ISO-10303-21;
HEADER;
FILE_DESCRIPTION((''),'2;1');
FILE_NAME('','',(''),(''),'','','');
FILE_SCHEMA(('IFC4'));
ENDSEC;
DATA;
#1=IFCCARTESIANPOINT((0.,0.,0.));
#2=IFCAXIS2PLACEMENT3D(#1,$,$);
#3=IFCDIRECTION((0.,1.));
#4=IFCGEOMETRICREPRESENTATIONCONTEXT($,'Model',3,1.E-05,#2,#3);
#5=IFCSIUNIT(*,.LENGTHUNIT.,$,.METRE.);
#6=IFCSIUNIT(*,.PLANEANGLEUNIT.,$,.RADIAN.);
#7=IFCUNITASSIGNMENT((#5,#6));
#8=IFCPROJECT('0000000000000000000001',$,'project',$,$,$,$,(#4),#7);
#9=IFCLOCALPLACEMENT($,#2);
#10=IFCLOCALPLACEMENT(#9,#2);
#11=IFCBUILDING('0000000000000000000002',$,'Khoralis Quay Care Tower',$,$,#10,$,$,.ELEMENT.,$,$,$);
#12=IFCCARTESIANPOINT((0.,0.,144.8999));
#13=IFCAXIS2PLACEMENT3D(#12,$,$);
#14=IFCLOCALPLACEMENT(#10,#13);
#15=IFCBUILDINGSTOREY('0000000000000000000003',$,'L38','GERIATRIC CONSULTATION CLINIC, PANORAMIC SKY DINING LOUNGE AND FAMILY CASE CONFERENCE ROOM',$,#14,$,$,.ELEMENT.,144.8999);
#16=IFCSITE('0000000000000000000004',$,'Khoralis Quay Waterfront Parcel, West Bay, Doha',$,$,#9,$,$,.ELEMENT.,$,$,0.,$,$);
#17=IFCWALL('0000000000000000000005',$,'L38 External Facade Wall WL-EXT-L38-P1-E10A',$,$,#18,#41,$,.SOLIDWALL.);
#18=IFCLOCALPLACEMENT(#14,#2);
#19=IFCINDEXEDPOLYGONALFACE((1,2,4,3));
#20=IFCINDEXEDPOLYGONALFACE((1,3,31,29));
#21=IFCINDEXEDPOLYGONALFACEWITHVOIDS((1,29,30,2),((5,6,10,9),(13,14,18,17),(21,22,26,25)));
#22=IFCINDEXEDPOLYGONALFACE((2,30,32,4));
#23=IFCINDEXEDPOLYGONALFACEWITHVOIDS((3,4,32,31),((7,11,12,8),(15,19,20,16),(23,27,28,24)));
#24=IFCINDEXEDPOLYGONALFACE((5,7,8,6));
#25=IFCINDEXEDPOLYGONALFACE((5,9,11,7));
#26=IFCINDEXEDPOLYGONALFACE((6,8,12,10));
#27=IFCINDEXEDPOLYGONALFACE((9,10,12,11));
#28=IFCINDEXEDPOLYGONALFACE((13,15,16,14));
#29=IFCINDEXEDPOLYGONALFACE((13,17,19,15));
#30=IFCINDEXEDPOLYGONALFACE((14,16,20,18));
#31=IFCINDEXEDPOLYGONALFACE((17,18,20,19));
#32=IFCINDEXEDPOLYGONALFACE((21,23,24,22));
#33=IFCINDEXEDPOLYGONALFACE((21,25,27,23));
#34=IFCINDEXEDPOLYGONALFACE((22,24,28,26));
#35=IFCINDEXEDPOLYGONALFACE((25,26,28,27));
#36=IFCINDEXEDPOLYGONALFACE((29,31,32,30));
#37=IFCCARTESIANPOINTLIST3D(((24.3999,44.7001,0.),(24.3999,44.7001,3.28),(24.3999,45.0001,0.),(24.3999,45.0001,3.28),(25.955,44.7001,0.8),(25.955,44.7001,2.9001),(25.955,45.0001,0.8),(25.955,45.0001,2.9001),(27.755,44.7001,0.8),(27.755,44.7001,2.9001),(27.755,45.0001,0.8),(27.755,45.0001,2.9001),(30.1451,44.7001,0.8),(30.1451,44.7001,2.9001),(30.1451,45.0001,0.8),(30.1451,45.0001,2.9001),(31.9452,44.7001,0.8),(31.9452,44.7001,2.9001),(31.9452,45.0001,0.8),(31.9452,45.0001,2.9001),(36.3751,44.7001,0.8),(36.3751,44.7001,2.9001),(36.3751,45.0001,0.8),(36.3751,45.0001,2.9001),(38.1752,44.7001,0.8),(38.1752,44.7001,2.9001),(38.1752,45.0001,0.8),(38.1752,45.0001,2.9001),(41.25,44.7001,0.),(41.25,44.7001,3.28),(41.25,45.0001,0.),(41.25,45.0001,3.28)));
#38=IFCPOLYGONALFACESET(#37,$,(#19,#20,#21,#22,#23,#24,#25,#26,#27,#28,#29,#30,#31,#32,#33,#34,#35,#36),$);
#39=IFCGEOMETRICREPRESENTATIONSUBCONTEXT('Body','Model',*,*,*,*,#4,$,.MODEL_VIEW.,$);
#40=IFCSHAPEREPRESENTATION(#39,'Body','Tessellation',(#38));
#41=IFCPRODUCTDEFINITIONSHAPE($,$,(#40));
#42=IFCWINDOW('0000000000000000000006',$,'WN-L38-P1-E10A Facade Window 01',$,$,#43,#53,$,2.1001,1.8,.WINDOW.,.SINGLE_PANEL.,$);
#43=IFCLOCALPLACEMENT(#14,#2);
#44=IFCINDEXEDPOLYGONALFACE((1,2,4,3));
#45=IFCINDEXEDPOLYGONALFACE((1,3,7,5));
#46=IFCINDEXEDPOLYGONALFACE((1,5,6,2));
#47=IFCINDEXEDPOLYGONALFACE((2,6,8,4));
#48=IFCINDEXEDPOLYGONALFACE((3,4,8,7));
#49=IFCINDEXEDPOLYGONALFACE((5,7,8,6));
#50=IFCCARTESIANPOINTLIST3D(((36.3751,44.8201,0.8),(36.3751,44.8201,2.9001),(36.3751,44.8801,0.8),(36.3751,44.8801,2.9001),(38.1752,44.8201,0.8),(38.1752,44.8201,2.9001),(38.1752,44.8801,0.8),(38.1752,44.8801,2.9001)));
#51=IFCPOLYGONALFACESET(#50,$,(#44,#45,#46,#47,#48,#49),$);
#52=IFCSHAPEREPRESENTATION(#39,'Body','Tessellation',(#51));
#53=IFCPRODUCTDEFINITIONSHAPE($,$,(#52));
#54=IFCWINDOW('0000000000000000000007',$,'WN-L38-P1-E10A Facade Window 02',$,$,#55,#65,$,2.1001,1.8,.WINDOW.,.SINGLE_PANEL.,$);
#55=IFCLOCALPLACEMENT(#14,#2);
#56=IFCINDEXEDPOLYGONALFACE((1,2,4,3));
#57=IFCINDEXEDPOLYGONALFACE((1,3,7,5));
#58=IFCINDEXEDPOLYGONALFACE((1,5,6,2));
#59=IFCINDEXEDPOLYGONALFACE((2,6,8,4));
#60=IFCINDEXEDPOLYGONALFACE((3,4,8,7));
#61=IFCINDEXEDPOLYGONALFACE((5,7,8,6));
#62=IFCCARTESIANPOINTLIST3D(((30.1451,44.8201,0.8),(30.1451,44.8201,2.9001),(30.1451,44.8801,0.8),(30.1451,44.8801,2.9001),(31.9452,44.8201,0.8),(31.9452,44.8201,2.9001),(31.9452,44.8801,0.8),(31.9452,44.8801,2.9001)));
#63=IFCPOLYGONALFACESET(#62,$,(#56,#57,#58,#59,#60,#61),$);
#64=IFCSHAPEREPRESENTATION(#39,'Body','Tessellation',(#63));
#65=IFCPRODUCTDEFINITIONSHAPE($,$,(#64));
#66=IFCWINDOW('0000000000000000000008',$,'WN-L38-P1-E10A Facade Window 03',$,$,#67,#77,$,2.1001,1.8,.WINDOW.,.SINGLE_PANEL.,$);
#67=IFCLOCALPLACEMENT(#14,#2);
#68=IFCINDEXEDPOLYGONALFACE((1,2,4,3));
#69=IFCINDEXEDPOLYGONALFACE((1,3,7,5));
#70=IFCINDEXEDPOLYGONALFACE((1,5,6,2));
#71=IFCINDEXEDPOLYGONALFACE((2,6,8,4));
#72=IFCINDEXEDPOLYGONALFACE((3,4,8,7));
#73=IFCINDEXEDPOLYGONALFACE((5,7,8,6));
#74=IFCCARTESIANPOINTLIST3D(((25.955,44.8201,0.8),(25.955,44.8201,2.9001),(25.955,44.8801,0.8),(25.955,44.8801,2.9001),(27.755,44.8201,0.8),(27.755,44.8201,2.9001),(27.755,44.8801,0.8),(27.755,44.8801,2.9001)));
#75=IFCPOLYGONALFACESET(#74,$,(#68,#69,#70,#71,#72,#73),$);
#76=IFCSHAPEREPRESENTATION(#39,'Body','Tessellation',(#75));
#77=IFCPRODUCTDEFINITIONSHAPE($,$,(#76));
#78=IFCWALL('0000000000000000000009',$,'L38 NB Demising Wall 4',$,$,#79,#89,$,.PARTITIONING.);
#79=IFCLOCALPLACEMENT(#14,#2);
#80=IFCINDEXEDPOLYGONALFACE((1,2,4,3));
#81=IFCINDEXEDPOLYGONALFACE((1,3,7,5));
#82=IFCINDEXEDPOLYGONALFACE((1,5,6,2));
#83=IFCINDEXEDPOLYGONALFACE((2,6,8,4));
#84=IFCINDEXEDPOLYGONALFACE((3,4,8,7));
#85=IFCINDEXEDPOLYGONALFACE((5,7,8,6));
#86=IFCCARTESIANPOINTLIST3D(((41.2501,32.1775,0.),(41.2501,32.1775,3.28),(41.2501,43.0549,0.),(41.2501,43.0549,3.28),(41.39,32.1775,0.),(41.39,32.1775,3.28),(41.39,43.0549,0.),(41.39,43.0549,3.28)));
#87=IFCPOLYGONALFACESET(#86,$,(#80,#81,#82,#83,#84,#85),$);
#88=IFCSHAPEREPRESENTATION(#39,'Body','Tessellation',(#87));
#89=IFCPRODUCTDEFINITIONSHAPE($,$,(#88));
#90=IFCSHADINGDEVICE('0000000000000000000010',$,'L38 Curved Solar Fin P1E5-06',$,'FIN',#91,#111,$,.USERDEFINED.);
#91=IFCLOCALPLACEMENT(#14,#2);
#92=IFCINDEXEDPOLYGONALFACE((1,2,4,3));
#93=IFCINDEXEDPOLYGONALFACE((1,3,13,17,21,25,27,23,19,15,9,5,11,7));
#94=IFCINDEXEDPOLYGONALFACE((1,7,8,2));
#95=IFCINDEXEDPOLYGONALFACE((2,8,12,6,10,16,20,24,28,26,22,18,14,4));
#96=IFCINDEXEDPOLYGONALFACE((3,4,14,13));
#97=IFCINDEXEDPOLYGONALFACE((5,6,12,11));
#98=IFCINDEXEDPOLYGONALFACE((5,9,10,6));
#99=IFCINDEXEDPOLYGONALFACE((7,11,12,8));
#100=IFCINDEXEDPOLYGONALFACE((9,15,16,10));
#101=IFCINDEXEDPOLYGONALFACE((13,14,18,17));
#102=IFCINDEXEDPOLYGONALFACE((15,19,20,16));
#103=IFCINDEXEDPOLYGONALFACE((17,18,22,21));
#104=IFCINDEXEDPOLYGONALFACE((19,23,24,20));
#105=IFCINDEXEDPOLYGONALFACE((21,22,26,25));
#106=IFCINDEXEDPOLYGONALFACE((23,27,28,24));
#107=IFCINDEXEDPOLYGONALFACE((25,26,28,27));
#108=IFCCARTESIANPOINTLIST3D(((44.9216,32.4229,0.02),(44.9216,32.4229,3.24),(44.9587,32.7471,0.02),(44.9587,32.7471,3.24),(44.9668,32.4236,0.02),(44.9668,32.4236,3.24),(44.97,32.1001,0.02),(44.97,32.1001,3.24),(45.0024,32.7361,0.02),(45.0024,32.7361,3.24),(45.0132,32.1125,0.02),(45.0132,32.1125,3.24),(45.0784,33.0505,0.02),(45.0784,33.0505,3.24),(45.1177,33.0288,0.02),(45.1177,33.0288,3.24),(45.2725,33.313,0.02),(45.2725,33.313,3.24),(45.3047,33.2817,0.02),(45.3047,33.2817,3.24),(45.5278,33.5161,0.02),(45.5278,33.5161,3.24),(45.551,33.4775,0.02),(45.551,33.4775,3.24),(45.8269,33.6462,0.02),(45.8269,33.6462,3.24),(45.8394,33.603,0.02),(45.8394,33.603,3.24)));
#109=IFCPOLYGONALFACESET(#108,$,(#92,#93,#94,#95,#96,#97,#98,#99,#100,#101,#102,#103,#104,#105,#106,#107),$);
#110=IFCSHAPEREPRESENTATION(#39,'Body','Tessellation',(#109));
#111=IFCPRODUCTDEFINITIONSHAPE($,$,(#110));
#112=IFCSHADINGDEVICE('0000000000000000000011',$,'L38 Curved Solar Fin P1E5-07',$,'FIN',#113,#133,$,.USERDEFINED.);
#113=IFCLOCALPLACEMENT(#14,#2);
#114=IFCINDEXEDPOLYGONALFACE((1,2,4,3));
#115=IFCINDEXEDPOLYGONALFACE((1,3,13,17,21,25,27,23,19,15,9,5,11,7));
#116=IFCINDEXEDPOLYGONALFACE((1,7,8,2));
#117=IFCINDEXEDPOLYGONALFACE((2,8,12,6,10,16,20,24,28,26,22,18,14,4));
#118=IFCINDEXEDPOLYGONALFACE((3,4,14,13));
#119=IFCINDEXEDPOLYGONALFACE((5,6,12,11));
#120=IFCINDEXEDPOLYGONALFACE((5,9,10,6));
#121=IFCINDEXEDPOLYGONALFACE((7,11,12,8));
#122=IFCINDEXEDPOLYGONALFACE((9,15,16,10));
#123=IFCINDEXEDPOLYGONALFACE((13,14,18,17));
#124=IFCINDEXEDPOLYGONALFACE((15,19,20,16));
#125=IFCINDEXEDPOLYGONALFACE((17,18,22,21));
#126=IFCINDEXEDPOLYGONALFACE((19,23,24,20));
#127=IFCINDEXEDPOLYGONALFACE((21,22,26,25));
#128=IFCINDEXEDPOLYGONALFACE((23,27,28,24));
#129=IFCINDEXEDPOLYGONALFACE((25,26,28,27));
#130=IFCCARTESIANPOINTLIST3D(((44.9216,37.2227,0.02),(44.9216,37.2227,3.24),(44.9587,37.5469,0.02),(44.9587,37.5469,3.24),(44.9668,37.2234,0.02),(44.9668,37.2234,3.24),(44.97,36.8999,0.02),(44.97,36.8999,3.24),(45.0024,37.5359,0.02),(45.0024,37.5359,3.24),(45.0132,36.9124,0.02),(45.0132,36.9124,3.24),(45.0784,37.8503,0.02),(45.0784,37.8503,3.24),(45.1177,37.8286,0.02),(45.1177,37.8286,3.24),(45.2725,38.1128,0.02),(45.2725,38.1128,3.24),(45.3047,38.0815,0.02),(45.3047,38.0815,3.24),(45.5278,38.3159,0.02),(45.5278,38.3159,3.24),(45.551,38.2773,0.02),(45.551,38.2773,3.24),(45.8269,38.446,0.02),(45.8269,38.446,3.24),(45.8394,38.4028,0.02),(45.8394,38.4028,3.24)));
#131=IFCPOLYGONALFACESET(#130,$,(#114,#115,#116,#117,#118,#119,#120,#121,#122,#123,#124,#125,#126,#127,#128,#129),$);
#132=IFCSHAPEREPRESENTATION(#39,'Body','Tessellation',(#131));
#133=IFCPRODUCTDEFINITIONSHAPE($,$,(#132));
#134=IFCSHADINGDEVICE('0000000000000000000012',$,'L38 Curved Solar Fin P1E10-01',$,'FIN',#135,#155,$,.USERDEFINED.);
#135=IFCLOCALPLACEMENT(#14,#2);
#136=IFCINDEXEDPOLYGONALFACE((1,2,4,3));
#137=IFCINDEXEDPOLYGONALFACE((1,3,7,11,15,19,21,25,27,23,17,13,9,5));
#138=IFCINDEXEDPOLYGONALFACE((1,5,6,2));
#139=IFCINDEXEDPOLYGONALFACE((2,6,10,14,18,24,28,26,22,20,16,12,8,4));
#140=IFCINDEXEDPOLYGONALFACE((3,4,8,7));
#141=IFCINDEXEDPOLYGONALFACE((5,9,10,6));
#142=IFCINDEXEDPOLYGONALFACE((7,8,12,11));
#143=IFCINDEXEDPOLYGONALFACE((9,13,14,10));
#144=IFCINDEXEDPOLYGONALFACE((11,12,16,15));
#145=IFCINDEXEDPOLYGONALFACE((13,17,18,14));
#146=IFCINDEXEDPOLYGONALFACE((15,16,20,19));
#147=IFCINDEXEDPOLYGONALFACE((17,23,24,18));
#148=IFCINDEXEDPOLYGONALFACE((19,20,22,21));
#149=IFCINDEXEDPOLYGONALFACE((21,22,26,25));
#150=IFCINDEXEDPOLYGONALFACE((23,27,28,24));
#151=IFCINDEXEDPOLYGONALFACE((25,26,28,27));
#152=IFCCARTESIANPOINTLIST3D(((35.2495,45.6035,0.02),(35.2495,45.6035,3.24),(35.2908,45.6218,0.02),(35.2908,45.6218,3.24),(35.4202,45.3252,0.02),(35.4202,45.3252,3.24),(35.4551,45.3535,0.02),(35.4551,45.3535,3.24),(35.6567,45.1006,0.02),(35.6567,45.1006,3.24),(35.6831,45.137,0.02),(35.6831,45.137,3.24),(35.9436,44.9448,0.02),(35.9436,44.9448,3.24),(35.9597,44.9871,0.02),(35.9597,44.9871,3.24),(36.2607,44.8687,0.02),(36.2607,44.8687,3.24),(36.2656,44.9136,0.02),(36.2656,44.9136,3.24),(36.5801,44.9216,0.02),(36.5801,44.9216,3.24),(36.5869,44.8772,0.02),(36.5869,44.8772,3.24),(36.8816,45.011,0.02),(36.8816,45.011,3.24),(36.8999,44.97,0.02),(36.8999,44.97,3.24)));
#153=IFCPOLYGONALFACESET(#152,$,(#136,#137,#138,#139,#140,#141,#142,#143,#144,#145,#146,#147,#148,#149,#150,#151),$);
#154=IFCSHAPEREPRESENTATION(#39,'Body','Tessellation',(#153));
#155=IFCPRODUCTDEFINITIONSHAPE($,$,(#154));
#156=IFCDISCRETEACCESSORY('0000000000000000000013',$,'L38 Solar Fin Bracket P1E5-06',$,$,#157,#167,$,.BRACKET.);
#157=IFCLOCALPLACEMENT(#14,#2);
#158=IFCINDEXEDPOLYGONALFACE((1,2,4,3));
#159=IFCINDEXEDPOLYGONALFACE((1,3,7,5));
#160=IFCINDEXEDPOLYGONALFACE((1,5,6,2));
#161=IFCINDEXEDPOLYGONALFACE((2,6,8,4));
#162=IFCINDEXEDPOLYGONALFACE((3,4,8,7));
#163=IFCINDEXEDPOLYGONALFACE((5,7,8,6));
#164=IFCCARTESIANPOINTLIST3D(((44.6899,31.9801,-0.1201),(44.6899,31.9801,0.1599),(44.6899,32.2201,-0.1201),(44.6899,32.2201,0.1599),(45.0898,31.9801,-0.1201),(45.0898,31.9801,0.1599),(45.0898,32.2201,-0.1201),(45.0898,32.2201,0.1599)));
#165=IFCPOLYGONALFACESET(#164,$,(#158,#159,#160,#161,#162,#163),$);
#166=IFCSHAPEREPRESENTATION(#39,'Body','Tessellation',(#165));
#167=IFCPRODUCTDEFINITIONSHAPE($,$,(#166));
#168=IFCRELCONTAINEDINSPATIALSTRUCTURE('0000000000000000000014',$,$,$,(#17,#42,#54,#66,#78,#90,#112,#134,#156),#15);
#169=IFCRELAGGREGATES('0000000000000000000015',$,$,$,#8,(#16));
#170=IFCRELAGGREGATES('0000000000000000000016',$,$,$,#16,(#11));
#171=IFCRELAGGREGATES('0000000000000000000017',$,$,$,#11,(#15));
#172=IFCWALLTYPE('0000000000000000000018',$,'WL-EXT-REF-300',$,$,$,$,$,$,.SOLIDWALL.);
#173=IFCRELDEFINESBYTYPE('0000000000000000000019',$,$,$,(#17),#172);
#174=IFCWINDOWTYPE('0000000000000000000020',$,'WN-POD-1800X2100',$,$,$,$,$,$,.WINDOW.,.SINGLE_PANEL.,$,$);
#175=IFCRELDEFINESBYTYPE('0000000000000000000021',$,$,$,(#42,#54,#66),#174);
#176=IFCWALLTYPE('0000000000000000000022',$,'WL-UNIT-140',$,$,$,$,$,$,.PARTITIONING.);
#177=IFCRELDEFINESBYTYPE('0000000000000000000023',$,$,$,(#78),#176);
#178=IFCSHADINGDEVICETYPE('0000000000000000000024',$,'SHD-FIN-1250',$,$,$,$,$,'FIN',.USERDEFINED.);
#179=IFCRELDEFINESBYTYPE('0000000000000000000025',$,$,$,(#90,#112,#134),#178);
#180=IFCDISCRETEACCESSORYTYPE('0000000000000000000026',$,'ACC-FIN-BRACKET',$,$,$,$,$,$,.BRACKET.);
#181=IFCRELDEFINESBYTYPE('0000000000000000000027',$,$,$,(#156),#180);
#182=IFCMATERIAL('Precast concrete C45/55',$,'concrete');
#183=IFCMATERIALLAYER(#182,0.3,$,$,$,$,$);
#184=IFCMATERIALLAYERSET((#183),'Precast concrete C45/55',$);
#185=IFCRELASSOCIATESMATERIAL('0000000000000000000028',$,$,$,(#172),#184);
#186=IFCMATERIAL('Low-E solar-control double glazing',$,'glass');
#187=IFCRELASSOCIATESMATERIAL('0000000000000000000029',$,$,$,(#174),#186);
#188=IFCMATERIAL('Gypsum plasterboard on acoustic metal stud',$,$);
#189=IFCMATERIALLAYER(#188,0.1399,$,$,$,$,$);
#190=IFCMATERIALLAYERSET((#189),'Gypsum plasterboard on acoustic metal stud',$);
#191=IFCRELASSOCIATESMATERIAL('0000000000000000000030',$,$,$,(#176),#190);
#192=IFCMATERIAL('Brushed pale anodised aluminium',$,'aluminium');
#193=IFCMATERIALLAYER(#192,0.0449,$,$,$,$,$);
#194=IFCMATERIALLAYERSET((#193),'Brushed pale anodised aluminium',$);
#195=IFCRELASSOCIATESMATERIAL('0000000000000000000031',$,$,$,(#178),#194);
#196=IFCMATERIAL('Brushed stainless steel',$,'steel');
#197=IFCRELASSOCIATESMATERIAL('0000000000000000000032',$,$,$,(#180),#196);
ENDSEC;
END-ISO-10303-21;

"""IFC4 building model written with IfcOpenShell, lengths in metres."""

from ifc_helpers import new_model, si_unit, direction, frame, frame_2d, origin, origin_2d, place, context, subcontext, project, spatial, polyline, rectangle, outline, extrude, source, transform, mapped, material, layer, layer_set, type_object, element, fill, save


model = new_model("IFC4")

# Units and contexts
model_context = context("Model", 3, precision=1e-05, world=origin(), true_north=direction((0.0, 1.0)))
body_context = subcontext(model_context, "Body", "Model", "MODEL_VIEW")
ifc_project = project(units=[si_unit("LENGTHUNIT", "METRE"), si_unit("PLANEANGLEUNIT", "RADIAN")], contexts=[model_context])

# Site, building, storey
site_placement = place(None, origin())
site = spatial("IfcSite", under=ifc_project, at=site_placement, Name="Khoralis Quay Waterfront Parcel, West Bay, Doha", CompositionType="ELEMENT", RefElevation=0.0)
building_placement = place(site_placement, origin())
building = spatial("IfcBuilding", under=site, at=building_placement, Name="Khoralis Quay Care Tower", CompositionType="ELEMENT")
storey_placement = place(building_placement, frame((0.0, 0.0, 144.8999)))
storey = spatial("IfcBuildingStorey", under=building, at=storey_placement, Name="L38", Description="GERIATRIC CONSULTATION CLINIC, PANORAMIC SKY DINING LOUNGE AND FAMILY CASE CONFERENCE ROOM", CompositionType="ELEMENT", Elevation=144.8999)

# Shared definitions
ifc_material_1 = material(Name="Low-E solar-control double glazing", Category="glass")

# Shared definitions
ifc_material_2 = material(Name="Precast concrete C45/55", Category="concrete")
ifc_layer_1 = layer(ifc_material_2, 0.3)
ifc_layer_set_1 = layer_set([ifc_layer_1], Name="Precast concrete C45/55")
wall_type_1 = type_object("IfcWallType", Name="WL-EXT-REF-300", PredefinedType="SOLIDWALL", material=ifc_layer_set_1)
window_type = type_object("IfcWindowType", Name="WN-POD-1800X2100", PartitioningType="SINGLE_PANEL", PredefinedType="WINDOW", material=ifc_material_1)
shared_shape_1 = source(origin(), body_context, "Body", "SweptSolid", [
    extrude(rectangle(XDim=1.8, YDim=2.1001, at=frame_2d((0.8999, 1.05))), frame((0.0, 0.03, 0.0), z_axis=(0.0, -1.0, 0.0), x_axis=(1.0, 0.0, 0.0)), (0.0, 0.0, 1.0), 0.0601),
])

# Wall, openings, windows
wall_1_placement = place(storey_placement, frame((41.25, 44.8501, 0.0), z_axis=(0.0, 0.0, 1.0), x_axis=(-1.0, 0.0, 0.0)))
wall_1 = element("IfcWall", 1, at=wall_1_placement, inside=storey, type_object=wall_type_1, Name="L38 External Facade Wall WL-EXT-L38-P1-E10A", PredefinedType="SOLIDWALL", context=body_context, shape_type="SweptSolid", body=[
    extrude(rectangle(XDim=16.8501, YDim=0.3, at=frame_2d((8.425, 0.0))), origin(), (0.0, 0.0, 1.0), 3.28),
])
opening_1_placement = place(wall_1_placement, frame((3.075, 0.0, 0.8)))
opening_1 = element("IfcOpeningElement", 2, at=opening_1_placement, cuts=wall_1, PredefinedType="OPENING", context=body_context, shape_type="SweptSolid", body=[
    extrude(rectangle(XDim=1.8, YDim=2.1001, at=frame_2d((0.8999, 1.05))), frame((0.0, 0.1602, 0.0), z_axis=(0.0, -1.0, 0.0), x_axis=(1.0, 0.0, 0.0)), (0.0, 0.0, 1.0), 0.3201),
])
opening_2_placement = place(wall_1_placement, frame((9.3049, 0.0, 0.8)))
opening_2 = element("IfcOpeningElement", 3, at=opening_2_placement, cuts=wall_1, PredefinedType="OPENING", context=body_context, shape_type="SweptSolid", body=[
    extrude(rectangle(XDim=1.8, YDim=2.1001, at=frame_2d((0.8999, 1.05))), frame((0.0, 0.1602, 0.0), z_axis=(0.0, -1.0, 0.0), x_axis=(1.0, 0.0, 0.0)), (0.0, 0.0, 1.0), 0.3201),
])
opening_3_placement = place(wall_1_placement, frame((13.4951, 0.0, 0.8)))
opening_3 = element("IfcOpeningElement", 4, at=opening_3_placement, cuts=wall_1, PredefinedType="OPENING", context=body_context, shape_type="SweptSolid", body=[
    extrude(rectangle(XDim=1.8, YDim=2.1001, at=frame_2d((0.8999, 1.05))), frame((0.0, 0.1602, 0.0), z_axis=(0.0, -1.0, 0.0), x_axis=(1.0, 0.0, 0.0)), (0.0, 0.0, 1.0), 0.3201),
])
window_1_placement = place(opening_1_placement, origin())
window_1 = element("IfcWindow", 5, at=window_1_placement, inside=storey, type_object=window_type, Name="WN-L38-P1-E10A Facade Window 01", OverallHeight=2.1001, OverallWidth=1.8, PartitioningType="SINGLE_PANEL", PredefinedType="WINDOW", context=body_context, shape_type="MappedRepresentation", body=[
    mapped(shared_shape_1, transform((0.0, 0.0, 0.0), scale=1.0)),
])
fill(opening_1, window_1)
window_2_placement = place(opening_2_placement, origin())
window_2 = element("IfcWindow", 6, at=window_2_placement, inside=storey, type_object=window_type, Name="WN-L38-P1-E10A Facade Window 02", OverallHeight=2.1001, OverallWidth=1.8, PartitioningType="SINGLE_PANEL", PredefinedType="WINDOW", context=body_context, shape_type="MappedRepresentation", body=[
    mapped(shared_shape_1, transform((0.0, 0.0, 0.0), scale=1.0)),
])
fill(opening_2, window_2)
window_3_placement = place(opening_3_placement, origin())
window_3 = element("IfcWindow", 7, at=window_3_placement, inside=storey, type_object=window_type, Name="WN-L38-P1-E10A Facade Window 03", OverallHeight=2.1001, OverallWidth=1.8, PartitioningType="SINGLE_PANEL", PredefinedType="WINDOW", context=body_context, shape_type="MappedRepresentation", body=[
    mapped(shared_shape_1, transform((0.0, 0.0, 0.0), scale=1.0)),
])
fill(opening_3, window_3)

# Wall
ifc_material_3 = material(Name="Gypsum plasterboard on acoustic metal stud")
ifc_layer_2 = layer(ifc_material_3, 0.1399)
ifc_layer_set_2 = layer_set([ifc_layer_2], Name="Gypsum plasterboard on acoustic metal stud")
wall_type_2 = type_object("IfcWallType", Name="WL-UNIT-140", PredefinedType="PARTITIONING", material=ifc_layer_set_2)
wall_2_placement = place(storey_placement, frame((41.3201, 32.1775, 0.0), z_axis=(0.0, 0.0, 1.0), x_axis=(0.0, 1.0, 0.0)))
element("IfcWall", 8, at=wall_2_placement, inside=storey, type_object=wall_type_2, Name="L38 NB Demising Wall 4", PredefinedType="PARTITIONING", context=body_context, shape_type="SweptSolid", body=[
    extrude(rectangle(XDim=10.8774, YDim=0.1399, at=frame_2d((5.4387, 0.0))), origin(), (0.0, 0.0, 1.0), 3.28),
])

# Shading devices
ifc_material_4 = material(Name="Brushed pale anodised aluminium", Category="aluminium")
ifc_layer_3 = layer(ifc_material_4, 0.0449)
ifc_layer_set_3 = layer_set([ifc_layer_3], Name="Brushed pale anodised aluminium")
shading_device_type = type_object("IfcShadingDeviceType", Name="SHD-FIN-1250", ElementType="FIN", PredefinedType="USERDEFINED", material=ifc_layer_set_3)
shared_shape_2 = source(origin(), body_context, "Body", "SweptSolid", [
    extrude(outline(polyline([(0.0, 0.0), (-0.0483, 0.3228), (-0.0112, 0.647), (0.1084, 0.9504), (0.3025, 1.2129), (0.5579, 1.416), (0.8569, 1.5461), (0.8694, 1.5029), (0.5811, 1.3774), (0.3347, 1.1816), (0.1477, 0.9287), (0.0325, 0.636), (-0.0032, 0.3235), (0.0432, 0.0125), (0.0, 0.0)])), origin(), (0.0, 0.0, 1.0), 3.22),
])
for number, where, z_axis, x_axis, name in (
    (9, (44.97, 32.1001, 0.02), (0.0, 0.0, 1.0), (1.0, 0.0, 0.0), "L38 Curved Solar Fin P1E5-06"),
    (10, (44.97, 36.8999, 0.02), (0.0, 0.0, 1.0), (1.0, 0.0, 0.0), "L38 Curved Solar Fin P1E5-07"),
):
    element("IfcShadingDevice", number, at=place(storey_placement, frame(where, z_axis=z_axis, x_axis=x_axis)), inside=storey, type_object=shading_device_type, Name=name, ObjectType="FIN", PredefinedType="USERDEFINED", context=body_context, shape_type="MappedRepresentation", body=[
        mapped(shared_shape_2, transform((0.0, 0.0, 0.0), scale=1.0)),
    ])
shared_shape_3 = source(origin(), body_context, "Body", "SweptSolid", [
    extrude(outline(polyline([(0.0, 0.0), (-0.0928, 0.313), (-0.1013, 0.6392), (-0.0251, 0.9563), (0.1306, 1.2432), (0.3552, 1.4797), (0.6335, 1.6504), (0.6519, 1.6091), (0.3835, 1.4448), (0.167, 1.2168), (0.0171, 0.9402), (-0.0564, 0.6343), (-0.0483, 0.3198), (0.041, 0.0183), (0.0, 0.0)])), origin(), (0.0, 0.0, 1.0), 3.22),
])
shading_device_placement = place(storey_placement, frame((36.8999, 44.97, 0.02), z_axis=(0.0, 0.0, 1.0), x_axis=(0.0, 1.0, 0.0)))
element("IfcShadingDevice", 11, at=shading_device_placement, inside=storey, type_object=shading_device_type, Name="L38 Curved Solar Fin P1E10-01", ObjectType="FIN", PredefinedType="USERDEFINED", context=body_context, shape_type="MappedRepresentation", body=[
    mapped(shared_shape_3, transform((0.0, 0.0, 0.0), scale=1.0)),
])

# Discrete accessory
ifc_material_5 = material(Name="Brushed stainless steel", Category="steel")
discrete_accessory_type = type_object("IfcDiscreteAccessoryType", Name="ACC-FIN-BRACKET", PredefinedType="BRACKET", material=ifc_material_5)
shared_shape_4 = source(origin(), body_context, "Body", "SweptSolid", [
    extrude(rectangle(XDim=0.3999, YDim=0.24, at=origin_2d()), origin(), (0.0, 0.0, 1.0), 0.28),
])
for number, where, z_axis, x_axis, name in (
    (12, (44.8899, 32.1001, -0.1201), (0.0, 0.0, 1.0), (1.0, 0.0, 0.0), "L38 Solar Fin Bracket P1E5-06"),
):
    element("IfcDiscreteAccessory", number, at=place(storey_placement, frame(where, z_axis=z_axis, x_axis=x_axis)), inside=storey, type_object=discrete_accessory_type, Name=name, PredefinedType="BRACKET", context=body_context, shape_type="MappedRepresentation", body=[
        mapped(shared_shape_4, transform((0.0, 0.0, 0.0), scale=1.0)),
    ])

save(model, "model.ifc")
